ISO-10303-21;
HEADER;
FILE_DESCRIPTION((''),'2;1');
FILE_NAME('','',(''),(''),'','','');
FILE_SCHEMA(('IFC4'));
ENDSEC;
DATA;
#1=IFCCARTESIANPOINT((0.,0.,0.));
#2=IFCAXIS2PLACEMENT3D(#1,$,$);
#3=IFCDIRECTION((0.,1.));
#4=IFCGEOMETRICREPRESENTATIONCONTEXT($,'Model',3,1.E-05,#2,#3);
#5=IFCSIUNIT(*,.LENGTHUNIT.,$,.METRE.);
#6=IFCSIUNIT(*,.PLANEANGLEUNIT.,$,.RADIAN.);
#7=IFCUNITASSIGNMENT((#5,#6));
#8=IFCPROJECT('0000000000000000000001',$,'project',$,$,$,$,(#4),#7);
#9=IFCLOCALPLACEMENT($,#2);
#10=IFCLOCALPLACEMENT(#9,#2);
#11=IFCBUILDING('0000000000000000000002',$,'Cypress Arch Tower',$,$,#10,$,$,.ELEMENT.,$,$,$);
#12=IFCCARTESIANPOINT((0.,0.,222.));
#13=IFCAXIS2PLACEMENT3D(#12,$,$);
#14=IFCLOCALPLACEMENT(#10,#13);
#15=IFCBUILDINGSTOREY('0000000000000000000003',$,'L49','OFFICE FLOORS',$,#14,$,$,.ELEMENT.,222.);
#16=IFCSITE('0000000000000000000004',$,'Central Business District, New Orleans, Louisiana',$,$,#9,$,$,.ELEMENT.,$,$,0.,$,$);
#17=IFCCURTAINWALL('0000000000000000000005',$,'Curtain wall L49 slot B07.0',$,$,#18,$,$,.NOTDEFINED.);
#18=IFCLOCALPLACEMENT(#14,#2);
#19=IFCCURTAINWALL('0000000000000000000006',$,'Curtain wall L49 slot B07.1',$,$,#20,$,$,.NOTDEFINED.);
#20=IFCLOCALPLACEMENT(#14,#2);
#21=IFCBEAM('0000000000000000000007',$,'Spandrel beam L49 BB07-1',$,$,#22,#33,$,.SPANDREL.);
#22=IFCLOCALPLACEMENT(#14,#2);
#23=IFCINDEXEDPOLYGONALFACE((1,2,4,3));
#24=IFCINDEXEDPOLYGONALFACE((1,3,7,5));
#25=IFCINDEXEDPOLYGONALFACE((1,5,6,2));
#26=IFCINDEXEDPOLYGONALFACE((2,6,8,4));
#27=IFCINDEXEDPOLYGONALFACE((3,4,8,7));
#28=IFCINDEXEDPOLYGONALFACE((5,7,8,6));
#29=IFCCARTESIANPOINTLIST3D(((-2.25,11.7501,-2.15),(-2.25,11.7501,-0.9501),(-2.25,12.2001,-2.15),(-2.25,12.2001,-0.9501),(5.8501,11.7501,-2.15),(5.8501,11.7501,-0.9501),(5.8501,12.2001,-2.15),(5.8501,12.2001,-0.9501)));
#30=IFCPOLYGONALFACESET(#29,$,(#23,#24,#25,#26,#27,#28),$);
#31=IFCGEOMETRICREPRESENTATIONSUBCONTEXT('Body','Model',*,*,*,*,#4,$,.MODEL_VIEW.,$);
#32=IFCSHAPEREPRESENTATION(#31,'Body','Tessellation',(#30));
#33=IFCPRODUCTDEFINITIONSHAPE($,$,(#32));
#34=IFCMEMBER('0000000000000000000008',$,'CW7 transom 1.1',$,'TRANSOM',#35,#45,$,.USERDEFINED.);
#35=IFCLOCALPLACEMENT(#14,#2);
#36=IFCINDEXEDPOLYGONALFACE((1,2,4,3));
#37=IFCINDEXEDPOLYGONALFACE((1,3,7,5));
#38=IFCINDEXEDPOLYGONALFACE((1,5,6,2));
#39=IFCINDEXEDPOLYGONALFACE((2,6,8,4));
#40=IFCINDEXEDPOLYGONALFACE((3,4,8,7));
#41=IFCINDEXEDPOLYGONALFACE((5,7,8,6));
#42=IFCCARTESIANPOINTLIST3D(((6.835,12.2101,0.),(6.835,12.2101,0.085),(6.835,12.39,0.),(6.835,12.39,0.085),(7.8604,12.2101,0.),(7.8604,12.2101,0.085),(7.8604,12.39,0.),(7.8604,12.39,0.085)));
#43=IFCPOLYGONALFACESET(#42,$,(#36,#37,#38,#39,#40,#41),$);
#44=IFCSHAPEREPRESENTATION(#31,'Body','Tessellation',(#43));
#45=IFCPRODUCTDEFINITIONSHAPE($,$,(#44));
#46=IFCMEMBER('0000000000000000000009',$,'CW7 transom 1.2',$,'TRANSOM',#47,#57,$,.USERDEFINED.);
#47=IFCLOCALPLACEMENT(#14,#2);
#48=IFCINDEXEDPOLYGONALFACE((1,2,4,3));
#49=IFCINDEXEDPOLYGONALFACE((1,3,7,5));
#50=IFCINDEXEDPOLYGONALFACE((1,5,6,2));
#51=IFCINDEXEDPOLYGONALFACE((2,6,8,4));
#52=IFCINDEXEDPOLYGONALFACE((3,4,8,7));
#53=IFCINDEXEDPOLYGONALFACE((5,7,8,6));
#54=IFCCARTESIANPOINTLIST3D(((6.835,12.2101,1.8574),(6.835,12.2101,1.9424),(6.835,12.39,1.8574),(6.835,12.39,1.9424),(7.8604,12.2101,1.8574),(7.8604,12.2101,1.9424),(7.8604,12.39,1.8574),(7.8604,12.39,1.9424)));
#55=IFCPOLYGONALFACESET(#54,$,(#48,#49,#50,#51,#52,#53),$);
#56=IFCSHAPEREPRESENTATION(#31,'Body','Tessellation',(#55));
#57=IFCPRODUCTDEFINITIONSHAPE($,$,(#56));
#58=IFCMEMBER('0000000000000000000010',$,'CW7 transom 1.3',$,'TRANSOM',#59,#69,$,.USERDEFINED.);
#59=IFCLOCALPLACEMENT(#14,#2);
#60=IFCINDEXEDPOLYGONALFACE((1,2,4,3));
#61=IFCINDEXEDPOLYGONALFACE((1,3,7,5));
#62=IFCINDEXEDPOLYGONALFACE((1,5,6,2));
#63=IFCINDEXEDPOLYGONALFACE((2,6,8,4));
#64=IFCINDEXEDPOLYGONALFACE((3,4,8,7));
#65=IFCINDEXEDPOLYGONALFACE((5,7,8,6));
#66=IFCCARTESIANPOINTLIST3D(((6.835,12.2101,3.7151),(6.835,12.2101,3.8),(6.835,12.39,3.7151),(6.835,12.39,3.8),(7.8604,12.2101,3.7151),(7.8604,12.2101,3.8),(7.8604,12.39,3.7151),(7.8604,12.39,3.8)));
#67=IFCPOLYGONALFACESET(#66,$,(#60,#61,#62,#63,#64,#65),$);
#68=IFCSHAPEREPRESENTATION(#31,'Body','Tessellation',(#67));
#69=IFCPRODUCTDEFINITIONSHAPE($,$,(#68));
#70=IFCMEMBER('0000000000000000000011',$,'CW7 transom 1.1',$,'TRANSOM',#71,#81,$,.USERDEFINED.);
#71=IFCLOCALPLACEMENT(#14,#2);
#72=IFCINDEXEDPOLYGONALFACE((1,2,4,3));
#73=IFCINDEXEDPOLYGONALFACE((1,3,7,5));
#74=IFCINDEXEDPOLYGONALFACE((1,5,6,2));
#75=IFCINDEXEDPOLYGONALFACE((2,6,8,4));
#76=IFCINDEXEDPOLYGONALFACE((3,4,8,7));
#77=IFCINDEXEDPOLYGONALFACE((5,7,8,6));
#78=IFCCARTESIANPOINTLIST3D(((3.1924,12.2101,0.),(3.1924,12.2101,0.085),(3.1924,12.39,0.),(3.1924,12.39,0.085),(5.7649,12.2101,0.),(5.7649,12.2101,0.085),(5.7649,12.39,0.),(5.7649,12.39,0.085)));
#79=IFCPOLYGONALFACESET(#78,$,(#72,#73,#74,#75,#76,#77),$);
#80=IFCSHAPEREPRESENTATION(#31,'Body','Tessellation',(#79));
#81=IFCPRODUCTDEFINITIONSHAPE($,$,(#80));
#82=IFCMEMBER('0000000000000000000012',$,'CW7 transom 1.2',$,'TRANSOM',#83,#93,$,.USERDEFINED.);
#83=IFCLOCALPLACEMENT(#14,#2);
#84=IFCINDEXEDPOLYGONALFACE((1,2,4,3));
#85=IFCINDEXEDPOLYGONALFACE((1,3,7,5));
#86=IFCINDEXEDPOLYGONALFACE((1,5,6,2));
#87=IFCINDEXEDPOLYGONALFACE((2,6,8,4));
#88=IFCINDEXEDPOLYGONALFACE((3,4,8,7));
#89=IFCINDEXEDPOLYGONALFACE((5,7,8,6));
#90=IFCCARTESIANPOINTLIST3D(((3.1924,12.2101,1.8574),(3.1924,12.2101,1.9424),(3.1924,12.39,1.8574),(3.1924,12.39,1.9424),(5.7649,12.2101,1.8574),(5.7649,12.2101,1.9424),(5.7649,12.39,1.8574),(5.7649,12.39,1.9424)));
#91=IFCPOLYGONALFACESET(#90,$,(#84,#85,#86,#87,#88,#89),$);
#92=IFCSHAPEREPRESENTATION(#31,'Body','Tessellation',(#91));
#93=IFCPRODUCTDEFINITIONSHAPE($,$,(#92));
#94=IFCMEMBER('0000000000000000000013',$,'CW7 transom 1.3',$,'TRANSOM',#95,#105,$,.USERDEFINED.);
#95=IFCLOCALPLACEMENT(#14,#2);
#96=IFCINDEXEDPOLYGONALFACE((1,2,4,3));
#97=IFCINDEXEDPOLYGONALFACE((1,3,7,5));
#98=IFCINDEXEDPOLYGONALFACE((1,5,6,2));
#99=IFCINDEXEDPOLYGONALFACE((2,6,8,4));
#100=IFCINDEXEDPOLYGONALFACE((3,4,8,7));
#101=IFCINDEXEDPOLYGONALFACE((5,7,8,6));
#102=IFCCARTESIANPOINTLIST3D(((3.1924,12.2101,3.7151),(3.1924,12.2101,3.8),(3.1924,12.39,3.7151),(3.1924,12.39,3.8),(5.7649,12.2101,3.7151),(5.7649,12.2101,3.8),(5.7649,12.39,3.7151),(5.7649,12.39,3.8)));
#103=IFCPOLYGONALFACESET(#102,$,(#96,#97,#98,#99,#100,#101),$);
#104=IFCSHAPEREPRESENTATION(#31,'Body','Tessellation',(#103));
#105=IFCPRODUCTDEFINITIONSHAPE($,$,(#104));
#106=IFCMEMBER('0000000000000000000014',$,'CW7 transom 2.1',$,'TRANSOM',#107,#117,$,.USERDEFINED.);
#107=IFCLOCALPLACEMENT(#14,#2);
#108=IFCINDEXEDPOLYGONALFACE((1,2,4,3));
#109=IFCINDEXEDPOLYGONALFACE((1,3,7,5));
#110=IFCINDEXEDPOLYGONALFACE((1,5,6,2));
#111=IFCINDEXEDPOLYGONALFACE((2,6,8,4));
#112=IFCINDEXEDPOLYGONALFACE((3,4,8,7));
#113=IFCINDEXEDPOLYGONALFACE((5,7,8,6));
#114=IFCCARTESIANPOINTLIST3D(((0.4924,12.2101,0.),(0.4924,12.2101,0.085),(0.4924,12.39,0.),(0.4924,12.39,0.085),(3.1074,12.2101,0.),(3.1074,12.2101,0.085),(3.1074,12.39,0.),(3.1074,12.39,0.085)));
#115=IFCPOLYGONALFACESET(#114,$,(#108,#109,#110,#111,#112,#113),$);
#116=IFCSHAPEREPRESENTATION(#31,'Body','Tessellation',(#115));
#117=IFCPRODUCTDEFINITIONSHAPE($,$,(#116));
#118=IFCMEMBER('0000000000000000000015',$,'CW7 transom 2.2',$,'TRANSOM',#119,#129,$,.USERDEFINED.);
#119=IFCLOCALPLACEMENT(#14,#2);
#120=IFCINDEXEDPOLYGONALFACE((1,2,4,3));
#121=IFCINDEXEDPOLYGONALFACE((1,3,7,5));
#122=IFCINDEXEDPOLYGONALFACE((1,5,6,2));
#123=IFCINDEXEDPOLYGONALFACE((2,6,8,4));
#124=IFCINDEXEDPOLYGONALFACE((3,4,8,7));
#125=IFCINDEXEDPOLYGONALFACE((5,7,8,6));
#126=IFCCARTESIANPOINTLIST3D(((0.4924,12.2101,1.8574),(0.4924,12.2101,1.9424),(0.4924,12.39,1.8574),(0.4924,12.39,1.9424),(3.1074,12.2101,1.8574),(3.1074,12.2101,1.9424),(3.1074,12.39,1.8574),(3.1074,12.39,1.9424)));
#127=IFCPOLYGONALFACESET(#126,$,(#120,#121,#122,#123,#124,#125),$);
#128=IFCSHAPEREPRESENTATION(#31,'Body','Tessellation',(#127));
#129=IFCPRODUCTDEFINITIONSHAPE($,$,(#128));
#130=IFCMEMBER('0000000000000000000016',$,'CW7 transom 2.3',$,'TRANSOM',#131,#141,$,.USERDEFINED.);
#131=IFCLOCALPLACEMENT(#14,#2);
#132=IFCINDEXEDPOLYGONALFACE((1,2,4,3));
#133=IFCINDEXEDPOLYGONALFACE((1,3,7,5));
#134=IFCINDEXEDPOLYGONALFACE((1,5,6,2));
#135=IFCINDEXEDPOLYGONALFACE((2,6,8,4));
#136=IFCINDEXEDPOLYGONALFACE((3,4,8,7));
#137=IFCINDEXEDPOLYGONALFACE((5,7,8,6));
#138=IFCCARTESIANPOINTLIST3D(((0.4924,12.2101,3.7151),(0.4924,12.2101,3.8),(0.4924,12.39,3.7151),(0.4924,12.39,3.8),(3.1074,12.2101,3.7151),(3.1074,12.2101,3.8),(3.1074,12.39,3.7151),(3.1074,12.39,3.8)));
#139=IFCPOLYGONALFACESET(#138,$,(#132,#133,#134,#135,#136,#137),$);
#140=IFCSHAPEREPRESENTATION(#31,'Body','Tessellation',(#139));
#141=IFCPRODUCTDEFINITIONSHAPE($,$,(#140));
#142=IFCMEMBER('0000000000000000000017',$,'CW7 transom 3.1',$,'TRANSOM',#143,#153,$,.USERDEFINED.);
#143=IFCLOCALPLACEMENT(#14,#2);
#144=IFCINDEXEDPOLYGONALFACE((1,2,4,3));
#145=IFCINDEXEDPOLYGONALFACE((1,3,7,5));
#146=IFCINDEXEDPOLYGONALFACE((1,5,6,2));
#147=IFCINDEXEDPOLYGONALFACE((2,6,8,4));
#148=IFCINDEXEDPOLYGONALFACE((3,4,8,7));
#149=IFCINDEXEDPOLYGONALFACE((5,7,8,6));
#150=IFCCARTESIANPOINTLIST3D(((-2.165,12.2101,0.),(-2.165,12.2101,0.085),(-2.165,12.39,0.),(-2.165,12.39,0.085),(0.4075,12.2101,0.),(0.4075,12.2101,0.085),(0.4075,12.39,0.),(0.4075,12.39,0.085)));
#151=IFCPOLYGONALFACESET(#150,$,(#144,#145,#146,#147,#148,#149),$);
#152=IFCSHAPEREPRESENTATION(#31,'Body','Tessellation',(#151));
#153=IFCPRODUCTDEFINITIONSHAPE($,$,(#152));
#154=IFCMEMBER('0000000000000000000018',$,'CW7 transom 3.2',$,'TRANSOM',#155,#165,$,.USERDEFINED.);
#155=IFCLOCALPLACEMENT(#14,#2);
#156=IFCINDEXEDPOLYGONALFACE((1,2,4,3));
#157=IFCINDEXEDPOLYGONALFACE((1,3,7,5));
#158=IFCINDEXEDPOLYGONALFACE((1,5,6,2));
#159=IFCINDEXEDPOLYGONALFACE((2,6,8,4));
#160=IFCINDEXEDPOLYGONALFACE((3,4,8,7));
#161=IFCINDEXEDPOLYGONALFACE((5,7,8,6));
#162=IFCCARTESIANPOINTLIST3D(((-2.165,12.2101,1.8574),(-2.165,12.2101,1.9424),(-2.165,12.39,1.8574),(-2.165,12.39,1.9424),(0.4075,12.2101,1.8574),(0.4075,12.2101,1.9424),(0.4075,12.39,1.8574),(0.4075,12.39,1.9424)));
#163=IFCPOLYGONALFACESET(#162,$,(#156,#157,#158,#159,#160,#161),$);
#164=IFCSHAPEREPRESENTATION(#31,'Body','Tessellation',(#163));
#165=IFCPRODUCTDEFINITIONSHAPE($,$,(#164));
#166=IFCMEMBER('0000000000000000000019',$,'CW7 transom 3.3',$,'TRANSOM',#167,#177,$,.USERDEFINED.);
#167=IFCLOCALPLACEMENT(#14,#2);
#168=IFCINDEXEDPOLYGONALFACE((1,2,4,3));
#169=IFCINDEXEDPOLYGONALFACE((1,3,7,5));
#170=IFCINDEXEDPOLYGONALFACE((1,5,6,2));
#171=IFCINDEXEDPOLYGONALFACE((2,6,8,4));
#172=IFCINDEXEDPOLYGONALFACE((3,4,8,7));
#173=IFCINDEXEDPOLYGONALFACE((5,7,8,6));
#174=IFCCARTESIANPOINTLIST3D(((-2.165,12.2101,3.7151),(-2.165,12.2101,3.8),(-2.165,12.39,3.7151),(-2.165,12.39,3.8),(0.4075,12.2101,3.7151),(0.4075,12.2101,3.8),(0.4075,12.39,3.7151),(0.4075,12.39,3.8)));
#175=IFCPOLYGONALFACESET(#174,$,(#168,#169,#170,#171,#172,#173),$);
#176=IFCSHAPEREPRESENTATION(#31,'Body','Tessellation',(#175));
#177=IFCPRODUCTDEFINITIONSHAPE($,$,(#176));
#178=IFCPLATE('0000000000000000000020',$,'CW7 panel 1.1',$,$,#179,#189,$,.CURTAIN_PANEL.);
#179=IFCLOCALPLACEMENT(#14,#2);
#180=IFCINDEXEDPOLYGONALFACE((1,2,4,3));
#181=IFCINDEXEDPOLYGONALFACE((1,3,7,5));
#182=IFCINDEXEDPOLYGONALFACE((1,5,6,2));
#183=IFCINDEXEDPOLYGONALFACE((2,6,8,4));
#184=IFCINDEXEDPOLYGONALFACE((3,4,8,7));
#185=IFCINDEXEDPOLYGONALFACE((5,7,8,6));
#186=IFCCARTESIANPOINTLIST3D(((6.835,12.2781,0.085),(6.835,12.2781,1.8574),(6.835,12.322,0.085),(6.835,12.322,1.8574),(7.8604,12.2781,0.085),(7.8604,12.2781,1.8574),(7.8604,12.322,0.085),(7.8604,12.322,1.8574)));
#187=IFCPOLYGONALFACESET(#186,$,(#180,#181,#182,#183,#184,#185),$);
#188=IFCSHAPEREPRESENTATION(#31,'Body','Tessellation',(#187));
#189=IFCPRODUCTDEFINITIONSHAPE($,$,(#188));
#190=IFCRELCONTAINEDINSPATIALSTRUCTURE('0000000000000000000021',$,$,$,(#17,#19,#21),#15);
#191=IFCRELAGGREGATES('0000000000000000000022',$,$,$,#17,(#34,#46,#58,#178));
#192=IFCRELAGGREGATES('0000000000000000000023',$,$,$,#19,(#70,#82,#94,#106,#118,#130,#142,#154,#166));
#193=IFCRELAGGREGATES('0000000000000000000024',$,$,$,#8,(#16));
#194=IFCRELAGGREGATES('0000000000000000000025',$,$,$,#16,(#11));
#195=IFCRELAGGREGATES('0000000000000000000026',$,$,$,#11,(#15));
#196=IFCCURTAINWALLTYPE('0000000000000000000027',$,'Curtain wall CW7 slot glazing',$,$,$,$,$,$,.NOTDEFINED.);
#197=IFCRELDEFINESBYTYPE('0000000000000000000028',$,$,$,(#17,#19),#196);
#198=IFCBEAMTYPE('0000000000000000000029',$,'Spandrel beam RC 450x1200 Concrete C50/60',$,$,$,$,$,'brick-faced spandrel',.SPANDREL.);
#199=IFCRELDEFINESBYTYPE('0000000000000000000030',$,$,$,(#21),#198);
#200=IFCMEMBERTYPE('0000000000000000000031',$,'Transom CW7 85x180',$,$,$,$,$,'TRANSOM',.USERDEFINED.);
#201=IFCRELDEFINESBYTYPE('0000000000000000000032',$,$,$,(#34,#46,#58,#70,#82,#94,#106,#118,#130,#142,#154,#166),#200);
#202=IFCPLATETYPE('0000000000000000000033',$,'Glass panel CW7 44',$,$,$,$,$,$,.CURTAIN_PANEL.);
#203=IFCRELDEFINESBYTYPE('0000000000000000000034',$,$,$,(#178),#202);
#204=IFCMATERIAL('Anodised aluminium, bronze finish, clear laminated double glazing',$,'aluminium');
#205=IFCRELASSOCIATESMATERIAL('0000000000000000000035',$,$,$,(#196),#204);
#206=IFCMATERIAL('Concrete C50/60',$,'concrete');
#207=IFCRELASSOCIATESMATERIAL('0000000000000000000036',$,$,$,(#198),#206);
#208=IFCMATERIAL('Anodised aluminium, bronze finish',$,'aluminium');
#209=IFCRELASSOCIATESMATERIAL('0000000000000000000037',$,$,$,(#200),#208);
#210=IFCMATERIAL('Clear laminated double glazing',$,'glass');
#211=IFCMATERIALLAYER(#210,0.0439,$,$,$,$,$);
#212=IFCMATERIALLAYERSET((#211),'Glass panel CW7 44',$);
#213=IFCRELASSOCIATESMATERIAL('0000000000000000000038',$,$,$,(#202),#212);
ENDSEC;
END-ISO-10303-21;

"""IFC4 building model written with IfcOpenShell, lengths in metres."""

from ifc_helpers import new_model, si_unit, direction, frame, origin, origin_2d, place, context, subcontext, project, spatial, rectangle, extrude, material, layer, layer_set, material_profile, profile_set, type_object, element, aggregate, save


model = new_model("IFC4")

# Units and contexts
model_context = context("Model", 3, precision=1e-05, world=origin(), true_north=direction((0.0, 1.0)))
body_context = subcontext(model_context, "Body", "Model", "MODEL_VIEW")
ifc_project = project(units=[si_unit("LENGTHUNIT", "METRE"), si_unit("PLANEANGLEUNIT", "RADIAN")], contexts=[model_context])

# Site, building, storey
site_placement = place(None, origin())
site = spatial("IfcSite", under=ifc_project, at=site_placement, Name="Central Business District, New Orleans, Louisiana", CompositionType="ELEMENT", RefElevation=0.0)
building_placement = place(site_placement, origin())
building = spatial("IfcBuilding", under=site, at=building_placement, Name="Cypress Arch Tower", CompositionType="ELEMENT")
storey_placement = place(building_placement, frame((0.0, 0.0, 222.0)))
storey = spatial("IfcBuildingStorey", under=building, at=storey_placement, Name="L49", Description="OFFICE FLOORS", CompositionType="ELEMENT", Elevation=222.0)

# Curtain walls
ifc_material_1 = material(Name="Anodised aluminium, bronze finish, clear laminated double glazing", Category="aluminium")
curtain_wall_type = type_object("IfcCurtainWallType", Name="Curtain wall CW7 slot glazing", PredefinedType="NOTDEFINED", material=ifc_material_1)
curtain_wall_1_placement = place(storey_placement, origin())
curtain_wall_1 = element("IfcCurtainWall", 1, at=curtain_wall_1_placement, inside=storey, type_object=curtain_wall_type, Name="Curtain wall L49 slot B07.0", PredefinedType="NOTDEFINED")
curtain_wall_2_placement = place(storey_placement, origin())
curtain_wall_2 = element("IfcCurtainWall", 2, at=curtain_wall_2_placement, inside=storey, type_object=curtain_wall_type, Name="Curtain wall L49 slot B07.1", PredefinedType="NOTDEFINED")

# Beam
ifc_material_2 = material(Name="Concrete C50/60", Category="concrete")
ifc_material_profile_1 = material_profile(ifc_material_2, rectangle(XDim=0.45, YDim=1.2, at=origin_2d()), Name="RC 450x1200")
ifc_profile_set_1 = profile_set([ifc_material_profile_1], Name="Concrete C50/60")
beam_type_1 = type_object("IfcBeamType", Name="Spandrel beam RC 450x1200 Concrete C50/60", ElementType="brick-faced spandrel", PredefinedType="SPANDREL", material=ifc_profile_set_1)
beam_1_placement = place(storey_placement, frame((5.8501, 11.9751, -1.55), z_axis=(-1.0, 0.0, 0.0), x_axis=(0.0, -1.0, 0.0)))
element("IfcBeam", 3, at=beam_1_placement, inside=storey, type_object=beam_type_1, Name="Spandrel beam L49 BB07-1", PredefinedType="SPANDREL", context=body_context, shape_type="SweptSolid", body=[
    extrude(rectangle(XDim=0.45, YDim=1.2, at=origin_2d()), origin(), (0.0, 0.0, 1.0), 8.1001),
])

# Members
ifc_material_3 = material(Name="Anodised aluminium, bronze finish", Category="aluminium")
ifc_material_profile_2 = material_profile(ifc_material_3, rectangle(XDim=0.1799, YDim=0.085, at=origin_2d()), Name="Transom 85x180")
ifc_profile_set_2 = profile_set([ifc_material_profile_2], Name="Anodised aluminium, bronze finish")
member_type_1 = type_object("IfcMemberType", Name="Transom CW7 85x180", ElementType="TRANSOM", PredefinedType="USERDEFINED", material=ifc_profile_set_2)
member_1_placement = place(storey_placement, frame((7.8604, 12.3, 0.0425), z_axis=(-1.0, 0.0, 0.0), x_axis=(0.0, -1.0, 0.0)))
member_1 = element("IfcMember", 4, at=member_1_placement, type_object=member_type_1, Name="CW7 transom 1.1", ObjectType="TRANSOM", PredefinedType="USERDEFINED", context=body_context, shape_type="SweptSolid", body=[
    extrude(rectangle(XDim=0.1799, YDim=0.085, at=origin_2d()), origin(), (0.0, 0.0, 1.0), 1.0254),
])
member_2_placement = place(storey_placement, frame((7.8604, 12.3, 1.8999), z_axis=(-1.0, 0.0, 0.0), x_axis=(0.0, -1.0, 0.0)))
member_2 = element("IfcMember", 5, at=member_2_placement, type_object=member_type_1, Name="CW7 transom 1.2", ObjectType="TRANSOM", PredefinedType="USERDEFINED", context=body_context, shape_type="SweptSolid", body=[
    extrude(rectangle(XDim=0.1799, YDim=0.085, at=origin_2d()), origin(), (0.0, 0.0, 1.0), 1.0254),
])
member_3_placement = place(storey_placement, frame((7.8604, 12.3, 3.7576), z_axis=(-1.0, 0.0, 0.0), x_axis=(0.0, -1.0, 0.0)))
member_3 = element("IfcMember", 6, at=member_3_placement, type_object=member_type_1, Name="CW7 transom 1.3", ObjectType="TRANSOM", PredefinedType="USERDEFINED", context=body_context, shape_type="SweptSolid", body=[
    extrude(rectangle(XDim=0.1799, YDim=0.085, at=origin_2d()), origin(), (0.0, 0.0, 1.0), 1.0254),
])
member_4_placement = place(storey_placement, frame((5.7649, 12.3, 0.0425), z_axis=(-1.0, 0.0, 0.0), x_axis=(0.0, -1.0, 0.0)))
member_4 = element("IfcMember", 7, at=member_4_placement, type_object=member_type_1, Name="CW7 transom 1.1", ObjectType="TRANSOM", PredefinedType="USERDEFINED", context=body_context, shape_type="SweptSolid", body=[
    extrude(rectangle(XDim=0.1799, YDim=0.085, at=origin_2d()), origin(), (0.0, 0.0, 1.0), 2.5725),
])
member_5_placement = place(storey_placement, frame((5.7649, 12.3, 1.8999), z_axis=(-1.0, 0.0, 0.0), x_axis=(0.0, -1.0, 0.0)))
member_5 = element("IfcMember", 8, at=member_5_placement, type_object=member_type_1, Name="CW7 transom 1.2", ObjectType="TRANSOM", PredefinedType="USERDEFINED", context=body_context, shape_type="SweptSolid", body=[
    extrude(rectangle(XDim=0.1799, YDim=0.085, at=origin_2d()), origin(), (0.0, 0.0, 1.0), 2.5725),
])
member_6_placement = place(storey_placement, frame((5.7649, 12.3, 3.7576), z_axis=(-1.0, 0.0, 0.0), x_axis=(0.0, -1.0, 0.0)))
member_6 = element("IfcMember", 9, at=member_6_placement, type_object=member_type_1, Name="CW7 transom 1.3", ObjectType="TRANSOM", PredefinedType="USERDEFINED", context=body_context, shape_type="SweptSolid", body=[
    extrude(rectangle(XDim=0.1799, YDim=0.085, at=origin_2d()), origin(), (0.0, 0.0, 1.0), 2.5725),
])
member_7_placement = place(storey_placement, frame((3.1074, 12.3, 0.0425), z_axis=(-1.0, 0.0, 0.0), x_axis=(0.0, -1.0, 0.0)))
member_7 = element("IfcMember", 10, at=member_7_placement, type_object=member_type_1, Name="CW7 transom 2.1", ObjectType="TRANSOM", PredefinedType="USERDEFINED", context=body_context, shape_type="SweptSolid", body=[
    extrude(rectangle(XDim=0.1799, YDim=0.085, at=origin_2d()), origin(), (0.0, 0.0, 1.0), 2.615),
])
member_8_placement = place(storey_placement, frame((3.1074, 12.3, 1.8999), z_axis=(-1.0, 0.0, 0.0), x_axis=(0.0, -1.0, 0.0)))
member_8 = element("IfcMember", 11, at=member_8_placement, type_object=member_type_1, Name="CW7 transom 2.2", ObjectType="TRANSOM", PredefinedType="USERDEFINED", context=body_context, shape_type="SweptSolid", body=[
    extrude(rectangle(XDim=0.1799, YDim=0.085, at=origin_2d()), origin(), (0.0, 0.0, 1.0), 2.615),
])
member_9_placement = place(storey_placement, frame((3.1074, 12.3, 3.7576), z_axis=(-1.0, 0.0, 0.0), x_axis=(0.0, -1.0, 0.0)))
member_9 = element("IfcMember", 12, at=member_9_placement, type_object=member_type_1, Name="CW7 transom 2.3", ObjectType="TRANSOM", PredefinedType="USERDEFINED", context=body_context, shape_type="SweptSolid", body=[
    extrude(rectangle(XDim=0.1799, YDim=0.085, at=origin_2d()), origin(), (0.0, 0.0, 1.0), 2.615),
])
member_10_placement = place(storey_placement, frame((0.4075, 12.3, 0.0425), z_axis=(-1.0, 0.0, 0.0), x_axis=(0.0, -1.0, 0.0)))
member_10 = element("IfcMember", 13, at=member_10_placement, type_object=member_type_1, Name="CW7 transom 3.1", ObjectType="TRANSOM", PredefinedType="USERDEFINED", context=body_context, shape_type="SweptSolid", body=[
    extrude(rectangle(XDim=0.1799, YDim=0.085, at=origin_2d()), origin(), (0.0, 0.0, 1.0), 2.5725),
])
member_11_placement = place(storey_placement, frame((0.4075, 12.3, 1.8999), z_axis=(-1.0, 0.0, 0.0), x_axis=(0.0, -1.0, 0.0)))
member_11 = element("IfcMember", 14, at=member_11_placement, type_object=member_type_1, Name="CW7 transom 3.2", ObjectType="TRANSOM", PredefinedType="USERDEFINED", context=body_context, shape_type="SweptSolid", body=[
    extrude(rectangle(XDim=0.1799, YDim=0.085, at=origin_2d()), origin(), (0.0, 0.0, 1.0), 2.5725),
])
member_12_placement = place(storey_placement, frame((0.4075, 12.3, 3.7576), z_axis=(-1.0, 0.0, 0.0), x_axis=(0.0, -1.0, 0.0)))
member_12 = element("IfcMember", 15, at=member_12_placement, type_object=member_type_1, Name="CW7 transom 3.3", ObjectType="TRANSOM", PredefinedType="USERDEFINED", context=body_context, shape_type="SweptSolid", body=[
    extrude(rectangle(XDim=0.1799, YDim=0.085, at=origin_2d()), origin(), (0.0, 0.0, 1.0), 2.5725),
])

# Plate
ifc_material_4 = material(Name="Clear laminated double glazing", Category="glass")
ifc_layer_1 = layer(ifc_material_4, 0.0439)
ifc_layer_set_1 = layer_set([ifc_layer_1], Name="Glass panel CW7 44")
plate_type = type_object("IfcPlateType", Name="Glass panel CW7 44", PredefinedType="CURTAIN_PANEL", material=ifc_layer_set_1)
plate_1_placement = place(storey_placement, frame((7.3477, 12.3, 0.085), z_axis=(0.0, 0.0, 1.0), x_axis=(-1.0, 0.0, 0.0)))
plate_1 = element("IfcPlate", 16, at=plate_1_placement, type_object=plate_type, Name="CW7 panel 1.1", PredefinedType="CURTAIN_PANEL", context=body_context, shape_type="SweptSolid", body=[
    extrude(rectangle(XDim=1.0254, YDim=0.0439, at=origin_2d()), origin(), (0.0, 0.0, 1.0), 1.7725),
])
aggregate(curtain_wall_1, [member_1, member_2, member_3, plate_1])
aggregate(curtain_wall_2, [member_4, member_5, member_6, member_7, member_8, member_9, member_10, member_11, member_12])

save(model, "model.ifc")
